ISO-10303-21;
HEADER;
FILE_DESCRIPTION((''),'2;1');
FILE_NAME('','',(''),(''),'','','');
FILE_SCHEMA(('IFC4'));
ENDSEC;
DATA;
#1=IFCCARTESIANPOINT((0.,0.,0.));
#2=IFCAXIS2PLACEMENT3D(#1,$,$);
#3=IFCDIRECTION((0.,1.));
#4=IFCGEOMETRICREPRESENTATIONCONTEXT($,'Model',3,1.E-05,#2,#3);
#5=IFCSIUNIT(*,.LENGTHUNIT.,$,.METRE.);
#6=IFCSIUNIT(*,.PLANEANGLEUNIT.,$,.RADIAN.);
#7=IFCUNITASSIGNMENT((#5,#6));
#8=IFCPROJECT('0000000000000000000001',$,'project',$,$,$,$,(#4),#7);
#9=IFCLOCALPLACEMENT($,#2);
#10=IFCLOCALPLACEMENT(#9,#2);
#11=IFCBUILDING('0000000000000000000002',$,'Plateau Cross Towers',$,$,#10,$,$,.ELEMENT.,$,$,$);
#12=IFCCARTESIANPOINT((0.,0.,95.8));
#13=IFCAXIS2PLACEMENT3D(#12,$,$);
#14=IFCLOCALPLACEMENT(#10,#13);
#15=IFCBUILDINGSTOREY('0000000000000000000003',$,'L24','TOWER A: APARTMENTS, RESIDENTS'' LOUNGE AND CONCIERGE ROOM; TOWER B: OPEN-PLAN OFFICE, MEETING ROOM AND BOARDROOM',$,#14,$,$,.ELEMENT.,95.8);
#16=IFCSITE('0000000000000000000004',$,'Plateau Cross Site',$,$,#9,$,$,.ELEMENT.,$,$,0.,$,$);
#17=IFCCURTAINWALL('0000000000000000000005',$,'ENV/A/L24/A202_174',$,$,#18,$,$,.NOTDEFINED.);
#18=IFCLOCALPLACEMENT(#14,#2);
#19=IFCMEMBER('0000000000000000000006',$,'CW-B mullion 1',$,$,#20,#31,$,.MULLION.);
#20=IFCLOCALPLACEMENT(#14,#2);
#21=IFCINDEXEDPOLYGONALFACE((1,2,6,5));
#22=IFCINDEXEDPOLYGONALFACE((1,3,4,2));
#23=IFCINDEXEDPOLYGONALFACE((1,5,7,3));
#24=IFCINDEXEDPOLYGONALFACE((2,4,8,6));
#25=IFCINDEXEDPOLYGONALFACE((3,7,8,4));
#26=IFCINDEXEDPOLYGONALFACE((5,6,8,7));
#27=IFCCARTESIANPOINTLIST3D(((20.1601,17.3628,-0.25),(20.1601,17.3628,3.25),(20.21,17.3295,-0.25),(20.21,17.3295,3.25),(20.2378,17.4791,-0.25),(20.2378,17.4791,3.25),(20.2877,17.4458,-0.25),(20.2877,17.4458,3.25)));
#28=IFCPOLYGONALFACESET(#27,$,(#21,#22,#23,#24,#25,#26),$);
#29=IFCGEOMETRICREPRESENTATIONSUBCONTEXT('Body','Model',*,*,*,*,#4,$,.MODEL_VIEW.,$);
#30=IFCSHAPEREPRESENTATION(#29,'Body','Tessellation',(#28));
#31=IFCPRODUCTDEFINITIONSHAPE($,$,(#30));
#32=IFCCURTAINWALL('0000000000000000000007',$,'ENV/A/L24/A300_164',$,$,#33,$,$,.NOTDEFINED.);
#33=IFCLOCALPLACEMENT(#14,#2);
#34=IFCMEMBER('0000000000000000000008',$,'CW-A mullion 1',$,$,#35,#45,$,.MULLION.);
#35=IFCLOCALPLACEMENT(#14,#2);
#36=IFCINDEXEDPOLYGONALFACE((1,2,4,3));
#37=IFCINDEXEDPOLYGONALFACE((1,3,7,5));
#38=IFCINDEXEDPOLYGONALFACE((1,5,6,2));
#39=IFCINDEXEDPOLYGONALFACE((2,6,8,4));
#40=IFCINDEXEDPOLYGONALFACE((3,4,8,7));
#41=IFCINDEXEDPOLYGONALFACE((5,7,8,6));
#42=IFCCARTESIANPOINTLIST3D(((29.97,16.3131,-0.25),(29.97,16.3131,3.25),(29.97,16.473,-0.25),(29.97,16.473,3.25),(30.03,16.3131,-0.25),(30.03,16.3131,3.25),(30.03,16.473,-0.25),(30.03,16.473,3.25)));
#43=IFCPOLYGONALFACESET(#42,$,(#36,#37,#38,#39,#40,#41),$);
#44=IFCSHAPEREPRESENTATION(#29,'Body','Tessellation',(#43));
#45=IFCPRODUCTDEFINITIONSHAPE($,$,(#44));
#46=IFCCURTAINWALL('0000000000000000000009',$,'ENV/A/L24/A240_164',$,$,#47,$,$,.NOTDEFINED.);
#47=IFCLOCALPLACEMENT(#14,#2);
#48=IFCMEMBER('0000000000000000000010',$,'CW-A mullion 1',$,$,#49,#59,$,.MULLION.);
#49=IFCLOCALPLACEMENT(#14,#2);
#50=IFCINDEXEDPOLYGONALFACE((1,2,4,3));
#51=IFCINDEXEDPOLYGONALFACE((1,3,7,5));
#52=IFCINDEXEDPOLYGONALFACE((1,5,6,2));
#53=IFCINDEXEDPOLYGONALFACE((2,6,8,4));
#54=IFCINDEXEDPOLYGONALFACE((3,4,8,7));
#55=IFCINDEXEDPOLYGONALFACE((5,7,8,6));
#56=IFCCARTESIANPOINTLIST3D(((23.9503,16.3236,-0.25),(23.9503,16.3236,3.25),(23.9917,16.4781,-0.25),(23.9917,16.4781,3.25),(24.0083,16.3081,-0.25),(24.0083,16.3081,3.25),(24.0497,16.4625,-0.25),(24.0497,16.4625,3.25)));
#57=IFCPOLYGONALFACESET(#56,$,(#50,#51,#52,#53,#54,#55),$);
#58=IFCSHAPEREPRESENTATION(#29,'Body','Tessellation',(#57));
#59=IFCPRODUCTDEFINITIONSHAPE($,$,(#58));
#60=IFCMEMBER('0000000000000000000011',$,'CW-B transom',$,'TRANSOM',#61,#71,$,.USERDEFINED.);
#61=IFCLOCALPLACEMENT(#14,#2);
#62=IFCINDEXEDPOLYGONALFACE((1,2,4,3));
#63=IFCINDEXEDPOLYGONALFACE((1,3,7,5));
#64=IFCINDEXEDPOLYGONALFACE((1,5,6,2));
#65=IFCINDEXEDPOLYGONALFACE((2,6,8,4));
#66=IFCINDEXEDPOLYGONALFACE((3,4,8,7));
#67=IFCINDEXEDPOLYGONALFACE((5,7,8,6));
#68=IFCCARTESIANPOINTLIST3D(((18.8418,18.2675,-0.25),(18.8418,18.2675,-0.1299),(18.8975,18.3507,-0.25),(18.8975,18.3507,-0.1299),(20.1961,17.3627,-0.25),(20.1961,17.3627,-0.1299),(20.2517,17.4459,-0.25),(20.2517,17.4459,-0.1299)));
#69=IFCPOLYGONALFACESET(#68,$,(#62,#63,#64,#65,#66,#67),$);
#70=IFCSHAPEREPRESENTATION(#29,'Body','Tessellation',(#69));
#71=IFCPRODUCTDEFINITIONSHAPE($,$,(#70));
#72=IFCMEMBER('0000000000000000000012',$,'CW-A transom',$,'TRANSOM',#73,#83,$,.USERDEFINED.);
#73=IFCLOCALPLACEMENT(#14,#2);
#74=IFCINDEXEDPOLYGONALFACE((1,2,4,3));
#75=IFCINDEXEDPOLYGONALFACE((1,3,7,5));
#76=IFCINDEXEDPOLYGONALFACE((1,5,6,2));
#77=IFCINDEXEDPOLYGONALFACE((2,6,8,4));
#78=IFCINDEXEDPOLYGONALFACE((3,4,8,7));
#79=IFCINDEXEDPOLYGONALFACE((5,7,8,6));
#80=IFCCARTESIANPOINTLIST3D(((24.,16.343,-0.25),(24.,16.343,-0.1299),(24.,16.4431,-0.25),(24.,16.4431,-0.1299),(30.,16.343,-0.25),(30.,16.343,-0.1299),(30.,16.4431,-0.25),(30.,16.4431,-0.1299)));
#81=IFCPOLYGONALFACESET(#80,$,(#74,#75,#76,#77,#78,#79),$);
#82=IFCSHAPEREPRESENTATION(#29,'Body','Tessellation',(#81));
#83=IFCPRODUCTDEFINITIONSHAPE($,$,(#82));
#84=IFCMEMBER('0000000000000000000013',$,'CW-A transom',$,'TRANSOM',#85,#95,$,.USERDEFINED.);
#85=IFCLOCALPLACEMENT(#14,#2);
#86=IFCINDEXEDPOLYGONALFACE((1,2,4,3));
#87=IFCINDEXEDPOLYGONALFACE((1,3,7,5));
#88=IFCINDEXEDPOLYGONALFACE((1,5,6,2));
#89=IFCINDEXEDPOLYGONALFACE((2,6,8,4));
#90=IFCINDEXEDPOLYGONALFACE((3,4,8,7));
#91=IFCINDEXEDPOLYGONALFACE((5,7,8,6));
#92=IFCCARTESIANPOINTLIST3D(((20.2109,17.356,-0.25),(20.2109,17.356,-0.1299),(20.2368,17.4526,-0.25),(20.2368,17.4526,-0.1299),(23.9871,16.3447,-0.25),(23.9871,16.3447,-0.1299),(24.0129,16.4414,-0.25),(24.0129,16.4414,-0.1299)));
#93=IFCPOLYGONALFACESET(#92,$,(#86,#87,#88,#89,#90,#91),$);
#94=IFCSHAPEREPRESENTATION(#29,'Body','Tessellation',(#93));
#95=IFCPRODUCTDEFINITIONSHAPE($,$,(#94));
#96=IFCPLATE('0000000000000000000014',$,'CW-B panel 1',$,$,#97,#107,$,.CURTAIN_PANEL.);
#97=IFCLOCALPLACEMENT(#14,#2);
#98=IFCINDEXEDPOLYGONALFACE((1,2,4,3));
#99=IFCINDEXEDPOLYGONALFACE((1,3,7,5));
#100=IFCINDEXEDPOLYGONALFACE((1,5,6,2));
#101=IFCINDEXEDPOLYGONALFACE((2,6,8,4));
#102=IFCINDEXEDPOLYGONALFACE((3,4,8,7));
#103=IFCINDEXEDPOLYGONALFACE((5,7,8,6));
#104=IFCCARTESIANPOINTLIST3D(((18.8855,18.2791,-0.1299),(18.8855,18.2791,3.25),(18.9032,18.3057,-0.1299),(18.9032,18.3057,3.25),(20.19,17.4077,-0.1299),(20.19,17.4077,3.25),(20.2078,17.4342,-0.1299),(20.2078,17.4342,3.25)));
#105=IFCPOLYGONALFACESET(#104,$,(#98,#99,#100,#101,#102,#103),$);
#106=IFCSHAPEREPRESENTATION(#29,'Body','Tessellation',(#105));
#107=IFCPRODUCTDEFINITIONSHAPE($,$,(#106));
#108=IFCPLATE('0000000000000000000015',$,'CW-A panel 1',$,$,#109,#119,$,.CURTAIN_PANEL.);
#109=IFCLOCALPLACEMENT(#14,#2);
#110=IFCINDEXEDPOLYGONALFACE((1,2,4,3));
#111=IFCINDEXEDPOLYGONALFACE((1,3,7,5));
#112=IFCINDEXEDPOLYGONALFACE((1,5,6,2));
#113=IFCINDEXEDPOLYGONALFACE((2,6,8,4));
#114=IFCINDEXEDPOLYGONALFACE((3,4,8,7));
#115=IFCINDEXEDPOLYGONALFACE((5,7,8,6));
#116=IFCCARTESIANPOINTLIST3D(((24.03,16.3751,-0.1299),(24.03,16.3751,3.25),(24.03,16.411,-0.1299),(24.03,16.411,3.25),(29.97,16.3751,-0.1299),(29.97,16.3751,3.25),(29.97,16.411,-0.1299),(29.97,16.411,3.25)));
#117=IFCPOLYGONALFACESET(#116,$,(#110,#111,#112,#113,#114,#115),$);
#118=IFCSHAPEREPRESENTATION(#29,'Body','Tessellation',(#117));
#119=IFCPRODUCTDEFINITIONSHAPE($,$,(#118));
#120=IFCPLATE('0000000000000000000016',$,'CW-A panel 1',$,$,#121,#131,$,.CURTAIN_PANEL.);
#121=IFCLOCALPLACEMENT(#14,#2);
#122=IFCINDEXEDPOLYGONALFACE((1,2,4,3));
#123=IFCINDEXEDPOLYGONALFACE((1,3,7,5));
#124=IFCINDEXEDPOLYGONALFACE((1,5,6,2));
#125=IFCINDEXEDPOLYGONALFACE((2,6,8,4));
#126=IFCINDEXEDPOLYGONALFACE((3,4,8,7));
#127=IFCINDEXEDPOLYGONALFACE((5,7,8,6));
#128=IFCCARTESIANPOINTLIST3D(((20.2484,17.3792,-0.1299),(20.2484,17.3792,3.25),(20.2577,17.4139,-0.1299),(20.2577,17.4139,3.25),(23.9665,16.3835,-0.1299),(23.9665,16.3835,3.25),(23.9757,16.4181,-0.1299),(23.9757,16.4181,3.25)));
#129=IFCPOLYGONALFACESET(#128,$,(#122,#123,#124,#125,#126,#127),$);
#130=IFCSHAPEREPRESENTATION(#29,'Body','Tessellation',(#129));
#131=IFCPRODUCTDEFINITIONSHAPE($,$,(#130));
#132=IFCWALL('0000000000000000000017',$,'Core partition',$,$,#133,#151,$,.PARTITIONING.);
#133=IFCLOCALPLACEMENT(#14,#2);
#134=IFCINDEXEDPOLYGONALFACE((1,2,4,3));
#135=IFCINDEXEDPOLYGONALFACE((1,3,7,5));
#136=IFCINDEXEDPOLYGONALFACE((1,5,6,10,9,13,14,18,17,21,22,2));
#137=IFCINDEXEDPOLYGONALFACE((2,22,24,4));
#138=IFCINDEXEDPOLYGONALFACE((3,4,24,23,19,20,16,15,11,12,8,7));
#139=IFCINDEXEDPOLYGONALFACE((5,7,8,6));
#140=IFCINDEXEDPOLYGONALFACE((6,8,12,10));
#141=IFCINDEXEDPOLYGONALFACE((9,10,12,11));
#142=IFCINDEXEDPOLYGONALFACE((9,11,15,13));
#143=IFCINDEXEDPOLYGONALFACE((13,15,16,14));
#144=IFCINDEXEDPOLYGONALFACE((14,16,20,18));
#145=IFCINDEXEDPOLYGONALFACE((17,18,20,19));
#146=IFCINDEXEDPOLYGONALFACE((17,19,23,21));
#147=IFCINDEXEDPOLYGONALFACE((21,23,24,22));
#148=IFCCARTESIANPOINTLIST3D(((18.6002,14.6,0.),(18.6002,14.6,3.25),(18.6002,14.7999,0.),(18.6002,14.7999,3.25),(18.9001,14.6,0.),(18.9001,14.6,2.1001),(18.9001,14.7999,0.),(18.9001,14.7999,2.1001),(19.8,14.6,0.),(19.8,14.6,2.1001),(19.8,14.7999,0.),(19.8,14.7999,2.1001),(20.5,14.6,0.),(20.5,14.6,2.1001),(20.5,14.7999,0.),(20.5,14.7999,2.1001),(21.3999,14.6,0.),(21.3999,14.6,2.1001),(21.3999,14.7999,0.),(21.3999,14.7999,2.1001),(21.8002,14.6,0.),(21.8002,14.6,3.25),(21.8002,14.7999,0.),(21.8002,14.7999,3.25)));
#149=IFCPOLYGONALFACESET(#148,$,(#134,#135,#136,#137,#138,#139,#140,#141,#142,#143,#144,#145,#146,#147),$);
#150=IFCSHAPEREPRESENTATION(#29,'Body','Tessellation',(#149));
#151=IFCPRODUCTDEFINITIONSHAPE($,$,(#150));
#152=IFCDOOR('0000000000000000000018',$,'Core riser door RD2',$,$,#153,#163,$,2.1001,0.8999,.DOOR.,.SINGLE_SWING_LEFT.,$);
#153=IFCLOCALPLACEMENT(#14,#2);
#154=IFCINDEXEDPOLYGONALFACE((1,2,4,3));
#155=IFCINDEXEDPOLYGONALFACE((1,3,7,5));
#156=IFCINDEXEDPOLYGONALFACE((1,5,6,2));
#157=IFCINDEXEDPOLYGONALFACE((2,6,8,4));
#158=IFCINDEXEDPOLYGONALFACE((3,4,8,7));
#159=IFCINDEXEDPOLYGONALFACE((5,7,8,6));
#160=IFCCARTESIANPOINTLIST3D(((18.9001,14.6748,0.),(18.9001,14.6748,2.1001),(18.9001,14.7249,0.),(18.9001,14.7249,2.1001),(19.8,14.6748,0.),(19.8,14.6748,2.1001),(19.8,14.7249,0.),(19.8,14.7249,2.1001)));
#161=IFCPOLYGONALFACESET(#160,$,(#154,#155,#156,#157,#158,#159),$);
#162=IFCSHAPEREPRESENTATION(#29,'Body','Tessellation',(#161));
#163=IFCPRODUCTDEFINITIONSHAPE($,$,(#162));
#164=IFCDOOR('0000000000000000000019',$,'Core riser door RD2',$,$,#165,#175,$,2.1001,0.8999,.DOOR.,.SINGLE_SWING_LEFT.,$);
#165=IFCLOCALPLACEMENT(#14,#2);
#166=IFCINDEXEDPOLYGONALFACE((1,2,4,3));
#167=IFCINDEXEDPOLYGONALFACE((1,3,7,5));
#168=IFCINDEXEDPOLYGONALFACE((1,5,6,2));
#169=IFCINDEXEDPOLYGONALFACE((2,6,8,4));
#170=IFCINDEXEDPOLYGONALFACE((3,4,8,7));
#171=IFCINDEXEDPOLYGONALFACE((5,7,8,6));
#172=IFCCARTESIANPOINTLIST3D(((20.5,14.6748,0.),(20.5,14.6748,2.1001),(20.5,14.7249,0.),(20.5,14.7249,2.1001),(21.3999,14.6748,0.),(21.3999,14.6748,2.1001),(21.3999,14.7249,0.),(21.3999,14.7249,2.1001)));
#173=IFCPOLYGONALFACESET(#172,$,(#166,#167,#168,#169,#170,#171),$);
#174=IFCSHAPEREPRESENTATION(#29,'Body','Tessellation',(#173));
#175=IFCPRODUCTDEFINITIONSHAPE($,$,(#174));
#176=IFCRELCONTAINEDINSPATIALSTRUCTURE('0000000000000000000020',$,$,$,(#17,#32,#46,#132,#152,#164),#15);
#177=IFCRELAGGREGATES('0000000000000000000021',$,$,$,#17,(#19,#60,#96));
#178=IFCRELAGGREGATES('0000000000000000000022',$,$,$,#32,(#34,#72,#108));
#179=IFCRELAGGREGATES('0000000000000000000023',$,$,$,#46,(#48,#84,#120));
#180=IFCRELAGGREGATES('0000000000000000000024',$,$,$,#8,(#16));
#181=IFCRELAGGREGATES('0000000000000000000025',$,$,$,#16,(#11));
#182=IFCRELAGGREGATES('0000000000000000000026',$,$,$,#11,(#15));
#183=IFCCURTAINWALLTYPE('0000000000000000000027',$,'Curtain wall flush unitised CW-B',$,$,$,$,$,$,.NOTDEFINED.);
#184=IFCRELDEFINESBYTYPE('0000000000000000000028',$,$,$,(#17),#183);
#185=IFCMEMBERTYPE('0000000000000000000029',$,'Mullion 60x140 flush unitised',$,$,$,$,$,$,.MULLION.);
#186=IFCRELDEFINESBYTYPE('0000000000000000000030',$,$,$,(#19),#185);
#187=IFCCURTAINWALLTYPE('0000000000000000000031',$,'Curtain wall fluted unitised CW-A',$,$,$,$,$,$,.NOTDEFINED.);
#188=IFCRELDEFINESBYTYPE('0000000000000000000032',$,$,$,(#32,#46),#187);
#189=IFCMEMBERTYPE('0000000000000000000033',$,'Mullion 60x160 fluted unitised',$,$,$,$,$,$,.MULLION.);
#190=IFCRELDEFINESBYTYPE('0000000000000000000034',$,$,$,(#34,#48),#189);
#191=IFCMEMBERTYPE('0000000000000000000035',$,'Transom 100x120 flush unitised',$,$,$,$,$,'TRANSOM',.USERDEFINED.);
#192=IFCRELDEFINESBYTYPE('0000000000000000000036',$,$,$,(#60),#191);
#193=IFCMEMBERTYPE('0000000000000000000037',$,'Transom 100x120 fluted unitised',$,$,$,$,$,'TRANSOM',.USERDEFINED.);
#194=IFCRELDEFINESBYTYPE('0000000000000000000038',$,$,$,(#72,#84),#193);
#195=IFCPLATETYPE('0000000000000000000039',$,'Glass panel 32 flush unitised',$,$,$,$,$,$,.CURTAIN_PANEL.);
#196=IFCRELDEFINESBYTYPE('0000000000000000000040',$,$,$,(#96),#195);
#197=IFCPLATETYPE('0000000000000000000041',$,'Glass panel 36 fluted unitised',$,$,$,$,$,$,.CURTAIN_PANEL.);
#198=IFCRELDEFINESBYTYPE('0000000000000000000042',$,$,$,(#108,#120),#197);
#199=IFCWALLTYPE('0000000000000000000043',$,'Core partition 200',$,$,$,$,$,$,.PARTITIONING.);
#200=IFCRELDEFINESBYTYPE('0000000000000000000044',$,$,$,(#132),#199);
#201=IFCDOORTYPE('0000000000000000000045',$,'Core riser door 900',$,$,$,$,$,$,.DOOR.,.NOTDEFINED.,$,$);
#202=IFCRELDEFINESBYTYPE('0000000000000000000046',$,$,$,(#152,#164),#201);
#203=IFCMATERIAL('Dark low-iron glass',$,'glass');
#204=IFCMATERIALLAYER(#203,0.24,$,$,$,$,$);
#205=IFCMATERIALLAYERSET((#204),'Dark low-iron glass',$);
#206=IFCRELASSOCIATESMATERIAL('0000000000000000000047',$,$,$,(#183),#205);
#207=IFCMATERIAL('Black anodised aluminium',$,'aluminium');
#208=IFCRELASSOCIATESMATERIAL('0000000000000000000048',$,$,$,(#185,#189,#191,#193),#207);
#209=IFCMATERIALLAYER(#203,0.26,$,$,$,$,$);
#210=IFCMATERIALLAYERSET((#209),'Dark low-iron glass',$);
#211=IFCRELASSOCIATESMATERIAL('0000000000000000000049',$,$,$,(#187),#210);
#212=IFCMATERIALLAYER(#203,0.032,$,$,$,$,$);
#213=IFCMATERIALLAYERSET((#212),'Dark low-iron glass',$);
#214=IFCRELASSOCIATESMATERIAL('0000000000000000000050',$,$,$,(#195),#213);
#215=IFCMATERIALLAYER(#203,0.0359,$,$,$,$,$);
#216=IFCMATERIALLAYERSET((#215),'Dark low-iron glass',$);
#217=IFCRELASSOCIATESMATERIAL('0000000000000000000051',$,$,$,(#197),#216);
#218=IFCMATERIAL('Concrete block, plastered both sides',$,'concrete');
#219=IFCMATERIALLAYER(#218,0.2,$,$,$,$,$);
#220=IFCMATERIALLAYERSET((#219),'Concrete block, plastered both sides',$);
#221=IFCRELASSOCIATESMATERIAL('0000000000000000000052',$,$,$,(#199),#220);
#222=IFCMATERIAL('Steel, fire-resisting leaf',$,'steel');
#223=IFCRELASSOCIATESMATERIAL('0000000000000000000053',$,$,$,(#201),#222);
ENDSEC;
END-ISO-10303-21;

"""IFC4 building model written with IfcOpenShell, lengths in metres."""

from ifc_helpers import new_model, si_unit, direction, frame, frame_2d, origin, origin_2d, place, context, subcontext, project, spatial, rectangle, extrude, material, layer, layer_set, material_profile, profile_set, type_object, element, fill, aggregate, save


model = new_model("IFC4")

# Units and contexts
model_context = context("Model", 3, precision=1e-05, world=origin(), true_north=direction((0.0, 1.0)))
body_context = subcontext(model_context, "Body", "Model", "MODEL_VIEW")
ifc_project = project(units=[si_unit("LENGTHUNIT", "METRE"), si_unit("PLANEANGLEUNIT", "RADIAN")], contexts=[model_context])

# Site, building, storey
site_placement = place(None, origin())
site = spatial("IfcSite", under=ifc_project, at=site_placement, Name="Plateau Cross Site", CompositionType="ELEMENT", RefElevation=0.0)
building_placement = place(site_placement, origin())
building = spatial("IfcBuilding", under=site, at=building_placement, Name="Plateau Cross Towers", CompositionType="ELEMENT")
storey_placement = place(building_placement, frame((0.0, 0.0, 95.8)))
storey = spatial("IfcBuildingStorey", under=building, at=storey_placement, Name="L24", Description="TOWER A: APARTMENTS, RESIDENTS' LOUNGE AND CONCIERGE ROOM; TOWER B: OPEN-PLAN OFFICE, MEETING ROOM AND BOARDROOM", CompositionType="ELEMENT", Elevation=95.8)

# Curtain walls, members
ifc_material_1 = material(Name="Dark low-iron glass", Category="glass")
ifc_layer_1 = layer(ifc_material_1, 0.24)
ifc_layer_set_1 = layer_set([ifc_layer_1], Name="Dark low-iron glass")
curtain_wall_type_1 = type_object("IfcCurtainWallType", Name="Curtain wall flush unitised CW-B", PredefinedType="NOTDEFINED", material=ifc_layer_set_1)
curtain_wall_1_placement = place(storey_placement, origin())
curtain_wall_1 = element("IfcCurtainWall", 1, at=curtain_wall_1_placement, inside=storey, type_object=curtain_wall_type_1, Name="ENV/A/L24/A202_174", PredefinedType="NOTDEFINED")
ifc_material_2 = material(Name="Black anodised aluminium", Category="aluminium")
ifc_material_profile_1 = material_profile(ifc_material_2, rectangle(XDim=0.0601, YDim=0.1399, at=origin_2d()), Name="MULLION 60x140")
ifc_profile_set_1 = profile_set([ifc_material_profile_1], Name="Black anodised aluminium")
member_type_1 = type_object("IfcMemberType", Name="Mullion 60x140 flush unitised", PredefinedType="MULLION", material=ifc_profile_set_1)
member_1_placement = place(storey_placement, frame((20.2239, 17.4043, -0.25), z_axis=(0.0, 0.0, 1.0), x_axis=(-0.831521, 0.555493, 0.0)))
member_1 = element("IfcMember", 2, at=member_1_placement, type_object=member_type_1, Name="CW-B mullion 1", PredefinedType="MULLION", context=body_context, shape_type="SweptSolid", body=[
    extrude(rectangle(XDim=0.0601, YDim=0.1399, at=origin_2d()), origin(), (0.0, 0.0, 1.0), 3.5),
])
ifc_layer_2 = layer(ifc_material_1, 0.26)
ifc_layer_set_2 = layer_set([ifc_layer_2], Name="Dark low-iron glass")
curtain_wall_type_2 = type_object("IfcCurtainWallType", Name="Curtain wall fluted unitised CW-A", PredefinedType="NOTDEFINED", material=ifc_layer_set_2)
curtain_wall_2_placement = place(storey_placement, origin())
curtain_wall_2 = element("IfcCurtainWall", 3, at=curtain_wall_2_placement, inside=storey, type_object=curtain_wall_type_2, Name="ENV/A/L24/A300_164", PredefinedType="NOTDEFINED")
ifc_material_profile_2 = material_profile(ifc_material_2, rectangle(XDim=0.0601, YDim=0.1599, at=origin_2d()), Name="MULLION 60x160")
ifc_profile_set_2 = profile_set([ifc_material_profile_2], Name="Black anodised aluminium")
member_type_2 = type_object("IfcMemberType", Name="Mullion 60x160 fluted unitised", PredefinedType="MULLION", material=ifc_profile_set_2)
member_2_placement = place(storey_placement, frame((30.0, 16.3931, -0.25), z_axis=(0.0, 0.0, 1.0), x_axis=(-1.0, 0.0, 0.0)))
member_2 = element("IfcMember", 4, at=member_2_placement, type_object=member_type_2, Name="CW-A mullion 1", PredefinedType="MULLION", context=body_context, shape_type="SweptSolid", body=[
    extrude(rectangle(XDim=0.0601, YDim=0.1599, at=origin_2d()), origin(), (0.0, 0.0, 1.0), 3.5),
])
curtain_wall_3_placement = place(storey_placement, origin())
curtain_wall_3 = element("IfcCurtainWall", 5, at=curtain_wall_3_placement, inside=storey, type_object=curtain_wall_type_2, Name="ENV/A/L24/A240_164", PredefinedType="NOTDEFINED")
member_3_placement = place(storey_placement, frame((24.0, 16.3931, -0.25), z_axis=(0.0, 0.0, 1.0), x_axis=(-0.965958, 0.258699, 0.0)))
member_3 = element("IfcMember", 6, at=member_3_placement, type_object=member_type_2, Name="CW-A mullion 1", PredefinedType="MULLION", context=body_context, shape_type="SweptSolid", body=[
    extrude(rectangle(XDim=0.0601, YDim=0.1599, at=origin_2d()), origin(), (0.0, 0.0, 1.0), 3.5),
])

# Members
ifc_material_profile_3 = material_profile(ifc_material_2, rectangle(XDim=0.1001, YDim=0.1201, at=origin_2d()), Name="TRANSOM 100x120")
ifc_profile_set_3 = profile_set([ifc_material_profile_3], Name="Black anodised aluminium")
member_type_3 = type_object("IfcMemberType", Name="Transom 100x120 flush unitised", ElementType="TRANSOM", PredefinedType="USERDEFINED", material=ifc_profile_set_3)
member_4_placement = place(storey_placement, frame((20.2239, 17.4043, -0.1899), z_axis=(-0.831496, 0.55553, 0.0), x_axis=(-0.55553, -0.831496, 0.0)))
member_4 = element("IfcMember", 7, at=member_4_placement, type_object=member_type_3, Name="CW-B transom", ObjectType="TRANSOM", PredefinedType="USERDEFINED", context=body_context, shape_type="SweptSolid", body=[
    extrude(rectangle(XDim=0.1001, YDim=0.1201, at=origin_2d()), origin(), (0.0, 0.0, 1.0), 1.6287),
])
ifc_material_profile_4 = material_profile(ifc_material_2, rectangle(XDim=0.1001, YDim=0.1201, at=origin_2d()), Name="TRANSOM 100x120")
ifc_profile_set_4 = profile_set([ifc_material_profile_4], Name="Black anodised aluminium")
member_type_4 = type_object("IfcMemberType", Name="Transom 100x120 fluted unitised", ElementType="TRANSOM", PredefinedType="USERDEFINED", material=ifc_profile_set_4)
member_5_placement = place(storey_placement, frame((30.0, 16.3931, -0.1899), z_axis=(-1.0, 0.0, 0.0), x_axis=(0.0, -1.0, 0.0)))
member_5 = element("IfcMember", 8, at=member_5_placement, type_object=member_type_4, Name="CW-A transom", ObjectType="TRANSOM", PredefinedType="USERDEFINED", context=body_context, shape_type="SweptSolid", body=[
    extrude(rectangle(XDim=0.1001, YDim=0.1201, at=origin_2d()), origin(), (0.0, 0.0, 1.0), 6.0),
])
member_6_placement = place(storey_placement, frame((24.0, 16.3931, -0.1899), z_axis=(-0.965963, 0.258681, 0.0), x_axis=(-0.258681, -0.965963, 0.0)))
member_6 = element("IfcMember", 9, at=member_6_placement, type_object=member_type_4, Name="CW-A transom", ObjectType="TRANSOM", PredefinedType="USERDEFINED", context=body_context, shape_type="SweptSolid", body=[
    extrude(rectangle(XDim=0.1001, YDim=0.1201, at=origin_2d()), origin(), (0.0, 0.0, 1.0), 3.9092),
])

# Plates
ifc_layer_3 = layer(ifc_material_1, 0.032)
ifc_layer_set_3 = layer_set([ifc_layer_3], Name="Dark low-iron glass")
plate_type_1 = type_object("IfcPlateType", Name="Glass panel 32 flush unitised", PredefinedType="CURTAIN_PANEL", material=ifc_layer_set_3)
plate_1_placement = place(storey_placement, frame((19.5466, 17.8567, -0.1299), z_axis=(0.0, 0.0, 1.0), x_axis=(-0.831521, 0.555493, 0.0)))
plate_1 = element("IfcPlate", 10, at=plate_1_placement, type_object=plate_type_1, Name="CW-B panel 1", PredefinedType="CURTAIN_PANEL", context=body_context, shape_type="SweptSolid", body=[
    extrude(rectangle(XDim=1.5688, YDim=0.032, at=origin_2d()), origin(), (0.0, 0.0, 1.0), 3.3799),
])
aggregate(curtain_wall_1, [member_1, member_4, plate_1])
ifc_layer_4 = layer(ifc_material_1, 0.0359)
ifc_layer_set_4 = layer_set([ifc_layer_4], Name="Dark low-iron glass")
plate_type_2 = type_object("IfcPlateType", Name="Glass panel 36 fluted unitised", PredefinedType="CURTAIN_PANEL", material=ifc_layer_set_4)
plate_2_placement = place(storey_placement, frame((27.0, 16.3931, -0.1299), z_axis=(0.0, 0.0, 1.0), x_axis=(-1.0, 0.0, 0.0)))
plate_2 = element("IfcPlate", 11, at=plate_2_placement, type_object=plate_type_2, Name="CW-A panel 1", PredefinedType="CURTAIN_PANEL", context=body_context, shape_type="SweptSolid", body=[
    extrude(rectangle(XDim=5.9399, YDim=0.0359, at=origin_2d()), origin(), (0.0, 0.0, 1.0), 3.3799),
])
aggregate(curtain_wall_2, [member_2, member_5, plate_2])
plate_3_placement = place(storey_placement, frame((22.1121, 16.8987, -0.1299), z_axis=(0.0, 0.0, 1.0), x_axis=(-0.965958, 0.258699, 0.0)))
plate_3 = element("IfcPlate", 12, at=plate_3_placement, type_object=plate_type_2, Name="CW-A panel 1", PredefinedType="CURTAIN_PANEL", context=body_context, shape_type="SweptSolid", body=[
    extrude(rectangle(XDim=3.8491, YDim=0.0359, at=origin_2d()), origin(), (0.0, 0.0, 1.0), 3.3799),
])
aggregate(curtain_wall_3, [member_3, member_6, plate_3])

# Wall, openings, doors
ifc_material_3 = material(Name="Concrete block, plastered both sides", Category="concrete")
ifc_layer_5 = layer(ifc_material_3, 0.2)
ifc_layer_set_5 = layer_set([ifc_layer_5], Name="Concrete block, plastered both sides")
wall_type_1 = type_object("IfcWallType", Name="Core partition 200", PredefinedType="PARTITIONING", material=ifc_layer_set_5)
wall_1_placement = place(storey_placement, frame((18.6001, 14.7, 0.0), z_axis=(0.0, 0.0, 1.0), x_axis=(1.0, 0.0, 0.0)))
wall_1 = element("IfcWall", 13, at=wall_1_placement, inside=storey, type_object=wall_type_1, Name="Core partition", PredefinedType="PARTITIONING", context=body_context, shape_type="SweptSolid", body=[
    extrude(rectangle(XDim=3.2, YDim=0.2, at=frame_2d((1.6001, 0.0))), origin(), (0.0, 0.0, 1.0), 3.25),
])
opening_1_placement = place(wall_1_placement, frame((0.3, 0.0, 0.0)))
opening_1 = element("IfcOpeningElement", 14, at=opening_1_placement, cuts=wall_1, PredefinedType="OPENING", context=body_context, shape_type="SweptSolid", body=[
    extrude(rectangle(XDim=0.8999, YDim=2.1001, at=frame_2d((0.45, 1.05))), frame((0.0, 0.1099, 0.0), z_axis=(0.0, -1.0, 0.0), x_axis=(1.0, 0.0, 0.0)), (0.0, 0.0, 1.0), 0.22),
])
opening_2_placement = place(wall_1_placement, frame((1.8999, 0.0, 0.0)))
opening_2 = element("IfcOpeningElement", 15, at=opening_2_placement, cuts=wall_1, PredefinedType="OPENING", context=body_context, shape_type="SweptSolid", body=[
    extrude(rectangle(XDim=0.8999, YDim=2.1001, at=frame_2d((0.45, 1.05))), frame((0.0, 0.1099, 0.0), z_axis=(0.0, -1.0, 0.0), x_axis=(1.0, 0.0, 0.0)), (0.0, 0.0, 1.0), 0.22),
])
ifc_material_4 = material(Name="Steel, fire-resisting leaf", Category="steel")
door_type_1 = type_object("IfcDoorType", Name="Core riser door 900", OperationType="NOTDEFINED", PredefinedType="DOOR", material=ifc_material_4)
door_1_placement = place(opening_1_placement, origin())
door_1 = element("IfcDoor", 16, at=door_1_placement, inside=storey, type_object=door_type_1, Name="Core riser door RD2", OperationType="SINGLE_SWING_LEFT", OverallHeight=2.1001, OverallWidth=0.8999, PredefinedType="DOOR", context=body_context, shape_type="SweptSolid", body=[
    extrude(rectangle(XDim=0.8999, YDim=2.1001, at=frame_2d((0.45, 1.05))), frame((0.0, 0.0249, 0.0), z_axis=(0.0, -1.0, 0.0), x_axis=(1.0, 0.0, 0.0)), (0.0, 0.0, 1.0), 0.05),
])
fill(opening_1, door_1)
door_2_placement = place(opening_2_placement, origin())
door_2 = element("IfcDoor", 17, at=door_2_placement, inside=storey, type_object=door_type_1, Name="Core riser door RD2", OperationType="SINGLE_SWING_LEFT", OverallHeight=2.1001, OverallWidth=0.8999, PredefinedType="DOOR", context=body_context, shape_type="SweptSolid", body=[
    extrude(rectangle(XDim=0.8999, YDim=2.1001, at=frame_2d((0.45, 1.05))), frame((0.0, 0.0249, 0.0), z_axis=(0.0, -1.0, 0.0), x_axis=(1.0, 0.0, 0.0)), (0.0, 0.0, 1.0), 0.05),
])
fill(opening_2, door_2)

save(model, "model.ifc")
